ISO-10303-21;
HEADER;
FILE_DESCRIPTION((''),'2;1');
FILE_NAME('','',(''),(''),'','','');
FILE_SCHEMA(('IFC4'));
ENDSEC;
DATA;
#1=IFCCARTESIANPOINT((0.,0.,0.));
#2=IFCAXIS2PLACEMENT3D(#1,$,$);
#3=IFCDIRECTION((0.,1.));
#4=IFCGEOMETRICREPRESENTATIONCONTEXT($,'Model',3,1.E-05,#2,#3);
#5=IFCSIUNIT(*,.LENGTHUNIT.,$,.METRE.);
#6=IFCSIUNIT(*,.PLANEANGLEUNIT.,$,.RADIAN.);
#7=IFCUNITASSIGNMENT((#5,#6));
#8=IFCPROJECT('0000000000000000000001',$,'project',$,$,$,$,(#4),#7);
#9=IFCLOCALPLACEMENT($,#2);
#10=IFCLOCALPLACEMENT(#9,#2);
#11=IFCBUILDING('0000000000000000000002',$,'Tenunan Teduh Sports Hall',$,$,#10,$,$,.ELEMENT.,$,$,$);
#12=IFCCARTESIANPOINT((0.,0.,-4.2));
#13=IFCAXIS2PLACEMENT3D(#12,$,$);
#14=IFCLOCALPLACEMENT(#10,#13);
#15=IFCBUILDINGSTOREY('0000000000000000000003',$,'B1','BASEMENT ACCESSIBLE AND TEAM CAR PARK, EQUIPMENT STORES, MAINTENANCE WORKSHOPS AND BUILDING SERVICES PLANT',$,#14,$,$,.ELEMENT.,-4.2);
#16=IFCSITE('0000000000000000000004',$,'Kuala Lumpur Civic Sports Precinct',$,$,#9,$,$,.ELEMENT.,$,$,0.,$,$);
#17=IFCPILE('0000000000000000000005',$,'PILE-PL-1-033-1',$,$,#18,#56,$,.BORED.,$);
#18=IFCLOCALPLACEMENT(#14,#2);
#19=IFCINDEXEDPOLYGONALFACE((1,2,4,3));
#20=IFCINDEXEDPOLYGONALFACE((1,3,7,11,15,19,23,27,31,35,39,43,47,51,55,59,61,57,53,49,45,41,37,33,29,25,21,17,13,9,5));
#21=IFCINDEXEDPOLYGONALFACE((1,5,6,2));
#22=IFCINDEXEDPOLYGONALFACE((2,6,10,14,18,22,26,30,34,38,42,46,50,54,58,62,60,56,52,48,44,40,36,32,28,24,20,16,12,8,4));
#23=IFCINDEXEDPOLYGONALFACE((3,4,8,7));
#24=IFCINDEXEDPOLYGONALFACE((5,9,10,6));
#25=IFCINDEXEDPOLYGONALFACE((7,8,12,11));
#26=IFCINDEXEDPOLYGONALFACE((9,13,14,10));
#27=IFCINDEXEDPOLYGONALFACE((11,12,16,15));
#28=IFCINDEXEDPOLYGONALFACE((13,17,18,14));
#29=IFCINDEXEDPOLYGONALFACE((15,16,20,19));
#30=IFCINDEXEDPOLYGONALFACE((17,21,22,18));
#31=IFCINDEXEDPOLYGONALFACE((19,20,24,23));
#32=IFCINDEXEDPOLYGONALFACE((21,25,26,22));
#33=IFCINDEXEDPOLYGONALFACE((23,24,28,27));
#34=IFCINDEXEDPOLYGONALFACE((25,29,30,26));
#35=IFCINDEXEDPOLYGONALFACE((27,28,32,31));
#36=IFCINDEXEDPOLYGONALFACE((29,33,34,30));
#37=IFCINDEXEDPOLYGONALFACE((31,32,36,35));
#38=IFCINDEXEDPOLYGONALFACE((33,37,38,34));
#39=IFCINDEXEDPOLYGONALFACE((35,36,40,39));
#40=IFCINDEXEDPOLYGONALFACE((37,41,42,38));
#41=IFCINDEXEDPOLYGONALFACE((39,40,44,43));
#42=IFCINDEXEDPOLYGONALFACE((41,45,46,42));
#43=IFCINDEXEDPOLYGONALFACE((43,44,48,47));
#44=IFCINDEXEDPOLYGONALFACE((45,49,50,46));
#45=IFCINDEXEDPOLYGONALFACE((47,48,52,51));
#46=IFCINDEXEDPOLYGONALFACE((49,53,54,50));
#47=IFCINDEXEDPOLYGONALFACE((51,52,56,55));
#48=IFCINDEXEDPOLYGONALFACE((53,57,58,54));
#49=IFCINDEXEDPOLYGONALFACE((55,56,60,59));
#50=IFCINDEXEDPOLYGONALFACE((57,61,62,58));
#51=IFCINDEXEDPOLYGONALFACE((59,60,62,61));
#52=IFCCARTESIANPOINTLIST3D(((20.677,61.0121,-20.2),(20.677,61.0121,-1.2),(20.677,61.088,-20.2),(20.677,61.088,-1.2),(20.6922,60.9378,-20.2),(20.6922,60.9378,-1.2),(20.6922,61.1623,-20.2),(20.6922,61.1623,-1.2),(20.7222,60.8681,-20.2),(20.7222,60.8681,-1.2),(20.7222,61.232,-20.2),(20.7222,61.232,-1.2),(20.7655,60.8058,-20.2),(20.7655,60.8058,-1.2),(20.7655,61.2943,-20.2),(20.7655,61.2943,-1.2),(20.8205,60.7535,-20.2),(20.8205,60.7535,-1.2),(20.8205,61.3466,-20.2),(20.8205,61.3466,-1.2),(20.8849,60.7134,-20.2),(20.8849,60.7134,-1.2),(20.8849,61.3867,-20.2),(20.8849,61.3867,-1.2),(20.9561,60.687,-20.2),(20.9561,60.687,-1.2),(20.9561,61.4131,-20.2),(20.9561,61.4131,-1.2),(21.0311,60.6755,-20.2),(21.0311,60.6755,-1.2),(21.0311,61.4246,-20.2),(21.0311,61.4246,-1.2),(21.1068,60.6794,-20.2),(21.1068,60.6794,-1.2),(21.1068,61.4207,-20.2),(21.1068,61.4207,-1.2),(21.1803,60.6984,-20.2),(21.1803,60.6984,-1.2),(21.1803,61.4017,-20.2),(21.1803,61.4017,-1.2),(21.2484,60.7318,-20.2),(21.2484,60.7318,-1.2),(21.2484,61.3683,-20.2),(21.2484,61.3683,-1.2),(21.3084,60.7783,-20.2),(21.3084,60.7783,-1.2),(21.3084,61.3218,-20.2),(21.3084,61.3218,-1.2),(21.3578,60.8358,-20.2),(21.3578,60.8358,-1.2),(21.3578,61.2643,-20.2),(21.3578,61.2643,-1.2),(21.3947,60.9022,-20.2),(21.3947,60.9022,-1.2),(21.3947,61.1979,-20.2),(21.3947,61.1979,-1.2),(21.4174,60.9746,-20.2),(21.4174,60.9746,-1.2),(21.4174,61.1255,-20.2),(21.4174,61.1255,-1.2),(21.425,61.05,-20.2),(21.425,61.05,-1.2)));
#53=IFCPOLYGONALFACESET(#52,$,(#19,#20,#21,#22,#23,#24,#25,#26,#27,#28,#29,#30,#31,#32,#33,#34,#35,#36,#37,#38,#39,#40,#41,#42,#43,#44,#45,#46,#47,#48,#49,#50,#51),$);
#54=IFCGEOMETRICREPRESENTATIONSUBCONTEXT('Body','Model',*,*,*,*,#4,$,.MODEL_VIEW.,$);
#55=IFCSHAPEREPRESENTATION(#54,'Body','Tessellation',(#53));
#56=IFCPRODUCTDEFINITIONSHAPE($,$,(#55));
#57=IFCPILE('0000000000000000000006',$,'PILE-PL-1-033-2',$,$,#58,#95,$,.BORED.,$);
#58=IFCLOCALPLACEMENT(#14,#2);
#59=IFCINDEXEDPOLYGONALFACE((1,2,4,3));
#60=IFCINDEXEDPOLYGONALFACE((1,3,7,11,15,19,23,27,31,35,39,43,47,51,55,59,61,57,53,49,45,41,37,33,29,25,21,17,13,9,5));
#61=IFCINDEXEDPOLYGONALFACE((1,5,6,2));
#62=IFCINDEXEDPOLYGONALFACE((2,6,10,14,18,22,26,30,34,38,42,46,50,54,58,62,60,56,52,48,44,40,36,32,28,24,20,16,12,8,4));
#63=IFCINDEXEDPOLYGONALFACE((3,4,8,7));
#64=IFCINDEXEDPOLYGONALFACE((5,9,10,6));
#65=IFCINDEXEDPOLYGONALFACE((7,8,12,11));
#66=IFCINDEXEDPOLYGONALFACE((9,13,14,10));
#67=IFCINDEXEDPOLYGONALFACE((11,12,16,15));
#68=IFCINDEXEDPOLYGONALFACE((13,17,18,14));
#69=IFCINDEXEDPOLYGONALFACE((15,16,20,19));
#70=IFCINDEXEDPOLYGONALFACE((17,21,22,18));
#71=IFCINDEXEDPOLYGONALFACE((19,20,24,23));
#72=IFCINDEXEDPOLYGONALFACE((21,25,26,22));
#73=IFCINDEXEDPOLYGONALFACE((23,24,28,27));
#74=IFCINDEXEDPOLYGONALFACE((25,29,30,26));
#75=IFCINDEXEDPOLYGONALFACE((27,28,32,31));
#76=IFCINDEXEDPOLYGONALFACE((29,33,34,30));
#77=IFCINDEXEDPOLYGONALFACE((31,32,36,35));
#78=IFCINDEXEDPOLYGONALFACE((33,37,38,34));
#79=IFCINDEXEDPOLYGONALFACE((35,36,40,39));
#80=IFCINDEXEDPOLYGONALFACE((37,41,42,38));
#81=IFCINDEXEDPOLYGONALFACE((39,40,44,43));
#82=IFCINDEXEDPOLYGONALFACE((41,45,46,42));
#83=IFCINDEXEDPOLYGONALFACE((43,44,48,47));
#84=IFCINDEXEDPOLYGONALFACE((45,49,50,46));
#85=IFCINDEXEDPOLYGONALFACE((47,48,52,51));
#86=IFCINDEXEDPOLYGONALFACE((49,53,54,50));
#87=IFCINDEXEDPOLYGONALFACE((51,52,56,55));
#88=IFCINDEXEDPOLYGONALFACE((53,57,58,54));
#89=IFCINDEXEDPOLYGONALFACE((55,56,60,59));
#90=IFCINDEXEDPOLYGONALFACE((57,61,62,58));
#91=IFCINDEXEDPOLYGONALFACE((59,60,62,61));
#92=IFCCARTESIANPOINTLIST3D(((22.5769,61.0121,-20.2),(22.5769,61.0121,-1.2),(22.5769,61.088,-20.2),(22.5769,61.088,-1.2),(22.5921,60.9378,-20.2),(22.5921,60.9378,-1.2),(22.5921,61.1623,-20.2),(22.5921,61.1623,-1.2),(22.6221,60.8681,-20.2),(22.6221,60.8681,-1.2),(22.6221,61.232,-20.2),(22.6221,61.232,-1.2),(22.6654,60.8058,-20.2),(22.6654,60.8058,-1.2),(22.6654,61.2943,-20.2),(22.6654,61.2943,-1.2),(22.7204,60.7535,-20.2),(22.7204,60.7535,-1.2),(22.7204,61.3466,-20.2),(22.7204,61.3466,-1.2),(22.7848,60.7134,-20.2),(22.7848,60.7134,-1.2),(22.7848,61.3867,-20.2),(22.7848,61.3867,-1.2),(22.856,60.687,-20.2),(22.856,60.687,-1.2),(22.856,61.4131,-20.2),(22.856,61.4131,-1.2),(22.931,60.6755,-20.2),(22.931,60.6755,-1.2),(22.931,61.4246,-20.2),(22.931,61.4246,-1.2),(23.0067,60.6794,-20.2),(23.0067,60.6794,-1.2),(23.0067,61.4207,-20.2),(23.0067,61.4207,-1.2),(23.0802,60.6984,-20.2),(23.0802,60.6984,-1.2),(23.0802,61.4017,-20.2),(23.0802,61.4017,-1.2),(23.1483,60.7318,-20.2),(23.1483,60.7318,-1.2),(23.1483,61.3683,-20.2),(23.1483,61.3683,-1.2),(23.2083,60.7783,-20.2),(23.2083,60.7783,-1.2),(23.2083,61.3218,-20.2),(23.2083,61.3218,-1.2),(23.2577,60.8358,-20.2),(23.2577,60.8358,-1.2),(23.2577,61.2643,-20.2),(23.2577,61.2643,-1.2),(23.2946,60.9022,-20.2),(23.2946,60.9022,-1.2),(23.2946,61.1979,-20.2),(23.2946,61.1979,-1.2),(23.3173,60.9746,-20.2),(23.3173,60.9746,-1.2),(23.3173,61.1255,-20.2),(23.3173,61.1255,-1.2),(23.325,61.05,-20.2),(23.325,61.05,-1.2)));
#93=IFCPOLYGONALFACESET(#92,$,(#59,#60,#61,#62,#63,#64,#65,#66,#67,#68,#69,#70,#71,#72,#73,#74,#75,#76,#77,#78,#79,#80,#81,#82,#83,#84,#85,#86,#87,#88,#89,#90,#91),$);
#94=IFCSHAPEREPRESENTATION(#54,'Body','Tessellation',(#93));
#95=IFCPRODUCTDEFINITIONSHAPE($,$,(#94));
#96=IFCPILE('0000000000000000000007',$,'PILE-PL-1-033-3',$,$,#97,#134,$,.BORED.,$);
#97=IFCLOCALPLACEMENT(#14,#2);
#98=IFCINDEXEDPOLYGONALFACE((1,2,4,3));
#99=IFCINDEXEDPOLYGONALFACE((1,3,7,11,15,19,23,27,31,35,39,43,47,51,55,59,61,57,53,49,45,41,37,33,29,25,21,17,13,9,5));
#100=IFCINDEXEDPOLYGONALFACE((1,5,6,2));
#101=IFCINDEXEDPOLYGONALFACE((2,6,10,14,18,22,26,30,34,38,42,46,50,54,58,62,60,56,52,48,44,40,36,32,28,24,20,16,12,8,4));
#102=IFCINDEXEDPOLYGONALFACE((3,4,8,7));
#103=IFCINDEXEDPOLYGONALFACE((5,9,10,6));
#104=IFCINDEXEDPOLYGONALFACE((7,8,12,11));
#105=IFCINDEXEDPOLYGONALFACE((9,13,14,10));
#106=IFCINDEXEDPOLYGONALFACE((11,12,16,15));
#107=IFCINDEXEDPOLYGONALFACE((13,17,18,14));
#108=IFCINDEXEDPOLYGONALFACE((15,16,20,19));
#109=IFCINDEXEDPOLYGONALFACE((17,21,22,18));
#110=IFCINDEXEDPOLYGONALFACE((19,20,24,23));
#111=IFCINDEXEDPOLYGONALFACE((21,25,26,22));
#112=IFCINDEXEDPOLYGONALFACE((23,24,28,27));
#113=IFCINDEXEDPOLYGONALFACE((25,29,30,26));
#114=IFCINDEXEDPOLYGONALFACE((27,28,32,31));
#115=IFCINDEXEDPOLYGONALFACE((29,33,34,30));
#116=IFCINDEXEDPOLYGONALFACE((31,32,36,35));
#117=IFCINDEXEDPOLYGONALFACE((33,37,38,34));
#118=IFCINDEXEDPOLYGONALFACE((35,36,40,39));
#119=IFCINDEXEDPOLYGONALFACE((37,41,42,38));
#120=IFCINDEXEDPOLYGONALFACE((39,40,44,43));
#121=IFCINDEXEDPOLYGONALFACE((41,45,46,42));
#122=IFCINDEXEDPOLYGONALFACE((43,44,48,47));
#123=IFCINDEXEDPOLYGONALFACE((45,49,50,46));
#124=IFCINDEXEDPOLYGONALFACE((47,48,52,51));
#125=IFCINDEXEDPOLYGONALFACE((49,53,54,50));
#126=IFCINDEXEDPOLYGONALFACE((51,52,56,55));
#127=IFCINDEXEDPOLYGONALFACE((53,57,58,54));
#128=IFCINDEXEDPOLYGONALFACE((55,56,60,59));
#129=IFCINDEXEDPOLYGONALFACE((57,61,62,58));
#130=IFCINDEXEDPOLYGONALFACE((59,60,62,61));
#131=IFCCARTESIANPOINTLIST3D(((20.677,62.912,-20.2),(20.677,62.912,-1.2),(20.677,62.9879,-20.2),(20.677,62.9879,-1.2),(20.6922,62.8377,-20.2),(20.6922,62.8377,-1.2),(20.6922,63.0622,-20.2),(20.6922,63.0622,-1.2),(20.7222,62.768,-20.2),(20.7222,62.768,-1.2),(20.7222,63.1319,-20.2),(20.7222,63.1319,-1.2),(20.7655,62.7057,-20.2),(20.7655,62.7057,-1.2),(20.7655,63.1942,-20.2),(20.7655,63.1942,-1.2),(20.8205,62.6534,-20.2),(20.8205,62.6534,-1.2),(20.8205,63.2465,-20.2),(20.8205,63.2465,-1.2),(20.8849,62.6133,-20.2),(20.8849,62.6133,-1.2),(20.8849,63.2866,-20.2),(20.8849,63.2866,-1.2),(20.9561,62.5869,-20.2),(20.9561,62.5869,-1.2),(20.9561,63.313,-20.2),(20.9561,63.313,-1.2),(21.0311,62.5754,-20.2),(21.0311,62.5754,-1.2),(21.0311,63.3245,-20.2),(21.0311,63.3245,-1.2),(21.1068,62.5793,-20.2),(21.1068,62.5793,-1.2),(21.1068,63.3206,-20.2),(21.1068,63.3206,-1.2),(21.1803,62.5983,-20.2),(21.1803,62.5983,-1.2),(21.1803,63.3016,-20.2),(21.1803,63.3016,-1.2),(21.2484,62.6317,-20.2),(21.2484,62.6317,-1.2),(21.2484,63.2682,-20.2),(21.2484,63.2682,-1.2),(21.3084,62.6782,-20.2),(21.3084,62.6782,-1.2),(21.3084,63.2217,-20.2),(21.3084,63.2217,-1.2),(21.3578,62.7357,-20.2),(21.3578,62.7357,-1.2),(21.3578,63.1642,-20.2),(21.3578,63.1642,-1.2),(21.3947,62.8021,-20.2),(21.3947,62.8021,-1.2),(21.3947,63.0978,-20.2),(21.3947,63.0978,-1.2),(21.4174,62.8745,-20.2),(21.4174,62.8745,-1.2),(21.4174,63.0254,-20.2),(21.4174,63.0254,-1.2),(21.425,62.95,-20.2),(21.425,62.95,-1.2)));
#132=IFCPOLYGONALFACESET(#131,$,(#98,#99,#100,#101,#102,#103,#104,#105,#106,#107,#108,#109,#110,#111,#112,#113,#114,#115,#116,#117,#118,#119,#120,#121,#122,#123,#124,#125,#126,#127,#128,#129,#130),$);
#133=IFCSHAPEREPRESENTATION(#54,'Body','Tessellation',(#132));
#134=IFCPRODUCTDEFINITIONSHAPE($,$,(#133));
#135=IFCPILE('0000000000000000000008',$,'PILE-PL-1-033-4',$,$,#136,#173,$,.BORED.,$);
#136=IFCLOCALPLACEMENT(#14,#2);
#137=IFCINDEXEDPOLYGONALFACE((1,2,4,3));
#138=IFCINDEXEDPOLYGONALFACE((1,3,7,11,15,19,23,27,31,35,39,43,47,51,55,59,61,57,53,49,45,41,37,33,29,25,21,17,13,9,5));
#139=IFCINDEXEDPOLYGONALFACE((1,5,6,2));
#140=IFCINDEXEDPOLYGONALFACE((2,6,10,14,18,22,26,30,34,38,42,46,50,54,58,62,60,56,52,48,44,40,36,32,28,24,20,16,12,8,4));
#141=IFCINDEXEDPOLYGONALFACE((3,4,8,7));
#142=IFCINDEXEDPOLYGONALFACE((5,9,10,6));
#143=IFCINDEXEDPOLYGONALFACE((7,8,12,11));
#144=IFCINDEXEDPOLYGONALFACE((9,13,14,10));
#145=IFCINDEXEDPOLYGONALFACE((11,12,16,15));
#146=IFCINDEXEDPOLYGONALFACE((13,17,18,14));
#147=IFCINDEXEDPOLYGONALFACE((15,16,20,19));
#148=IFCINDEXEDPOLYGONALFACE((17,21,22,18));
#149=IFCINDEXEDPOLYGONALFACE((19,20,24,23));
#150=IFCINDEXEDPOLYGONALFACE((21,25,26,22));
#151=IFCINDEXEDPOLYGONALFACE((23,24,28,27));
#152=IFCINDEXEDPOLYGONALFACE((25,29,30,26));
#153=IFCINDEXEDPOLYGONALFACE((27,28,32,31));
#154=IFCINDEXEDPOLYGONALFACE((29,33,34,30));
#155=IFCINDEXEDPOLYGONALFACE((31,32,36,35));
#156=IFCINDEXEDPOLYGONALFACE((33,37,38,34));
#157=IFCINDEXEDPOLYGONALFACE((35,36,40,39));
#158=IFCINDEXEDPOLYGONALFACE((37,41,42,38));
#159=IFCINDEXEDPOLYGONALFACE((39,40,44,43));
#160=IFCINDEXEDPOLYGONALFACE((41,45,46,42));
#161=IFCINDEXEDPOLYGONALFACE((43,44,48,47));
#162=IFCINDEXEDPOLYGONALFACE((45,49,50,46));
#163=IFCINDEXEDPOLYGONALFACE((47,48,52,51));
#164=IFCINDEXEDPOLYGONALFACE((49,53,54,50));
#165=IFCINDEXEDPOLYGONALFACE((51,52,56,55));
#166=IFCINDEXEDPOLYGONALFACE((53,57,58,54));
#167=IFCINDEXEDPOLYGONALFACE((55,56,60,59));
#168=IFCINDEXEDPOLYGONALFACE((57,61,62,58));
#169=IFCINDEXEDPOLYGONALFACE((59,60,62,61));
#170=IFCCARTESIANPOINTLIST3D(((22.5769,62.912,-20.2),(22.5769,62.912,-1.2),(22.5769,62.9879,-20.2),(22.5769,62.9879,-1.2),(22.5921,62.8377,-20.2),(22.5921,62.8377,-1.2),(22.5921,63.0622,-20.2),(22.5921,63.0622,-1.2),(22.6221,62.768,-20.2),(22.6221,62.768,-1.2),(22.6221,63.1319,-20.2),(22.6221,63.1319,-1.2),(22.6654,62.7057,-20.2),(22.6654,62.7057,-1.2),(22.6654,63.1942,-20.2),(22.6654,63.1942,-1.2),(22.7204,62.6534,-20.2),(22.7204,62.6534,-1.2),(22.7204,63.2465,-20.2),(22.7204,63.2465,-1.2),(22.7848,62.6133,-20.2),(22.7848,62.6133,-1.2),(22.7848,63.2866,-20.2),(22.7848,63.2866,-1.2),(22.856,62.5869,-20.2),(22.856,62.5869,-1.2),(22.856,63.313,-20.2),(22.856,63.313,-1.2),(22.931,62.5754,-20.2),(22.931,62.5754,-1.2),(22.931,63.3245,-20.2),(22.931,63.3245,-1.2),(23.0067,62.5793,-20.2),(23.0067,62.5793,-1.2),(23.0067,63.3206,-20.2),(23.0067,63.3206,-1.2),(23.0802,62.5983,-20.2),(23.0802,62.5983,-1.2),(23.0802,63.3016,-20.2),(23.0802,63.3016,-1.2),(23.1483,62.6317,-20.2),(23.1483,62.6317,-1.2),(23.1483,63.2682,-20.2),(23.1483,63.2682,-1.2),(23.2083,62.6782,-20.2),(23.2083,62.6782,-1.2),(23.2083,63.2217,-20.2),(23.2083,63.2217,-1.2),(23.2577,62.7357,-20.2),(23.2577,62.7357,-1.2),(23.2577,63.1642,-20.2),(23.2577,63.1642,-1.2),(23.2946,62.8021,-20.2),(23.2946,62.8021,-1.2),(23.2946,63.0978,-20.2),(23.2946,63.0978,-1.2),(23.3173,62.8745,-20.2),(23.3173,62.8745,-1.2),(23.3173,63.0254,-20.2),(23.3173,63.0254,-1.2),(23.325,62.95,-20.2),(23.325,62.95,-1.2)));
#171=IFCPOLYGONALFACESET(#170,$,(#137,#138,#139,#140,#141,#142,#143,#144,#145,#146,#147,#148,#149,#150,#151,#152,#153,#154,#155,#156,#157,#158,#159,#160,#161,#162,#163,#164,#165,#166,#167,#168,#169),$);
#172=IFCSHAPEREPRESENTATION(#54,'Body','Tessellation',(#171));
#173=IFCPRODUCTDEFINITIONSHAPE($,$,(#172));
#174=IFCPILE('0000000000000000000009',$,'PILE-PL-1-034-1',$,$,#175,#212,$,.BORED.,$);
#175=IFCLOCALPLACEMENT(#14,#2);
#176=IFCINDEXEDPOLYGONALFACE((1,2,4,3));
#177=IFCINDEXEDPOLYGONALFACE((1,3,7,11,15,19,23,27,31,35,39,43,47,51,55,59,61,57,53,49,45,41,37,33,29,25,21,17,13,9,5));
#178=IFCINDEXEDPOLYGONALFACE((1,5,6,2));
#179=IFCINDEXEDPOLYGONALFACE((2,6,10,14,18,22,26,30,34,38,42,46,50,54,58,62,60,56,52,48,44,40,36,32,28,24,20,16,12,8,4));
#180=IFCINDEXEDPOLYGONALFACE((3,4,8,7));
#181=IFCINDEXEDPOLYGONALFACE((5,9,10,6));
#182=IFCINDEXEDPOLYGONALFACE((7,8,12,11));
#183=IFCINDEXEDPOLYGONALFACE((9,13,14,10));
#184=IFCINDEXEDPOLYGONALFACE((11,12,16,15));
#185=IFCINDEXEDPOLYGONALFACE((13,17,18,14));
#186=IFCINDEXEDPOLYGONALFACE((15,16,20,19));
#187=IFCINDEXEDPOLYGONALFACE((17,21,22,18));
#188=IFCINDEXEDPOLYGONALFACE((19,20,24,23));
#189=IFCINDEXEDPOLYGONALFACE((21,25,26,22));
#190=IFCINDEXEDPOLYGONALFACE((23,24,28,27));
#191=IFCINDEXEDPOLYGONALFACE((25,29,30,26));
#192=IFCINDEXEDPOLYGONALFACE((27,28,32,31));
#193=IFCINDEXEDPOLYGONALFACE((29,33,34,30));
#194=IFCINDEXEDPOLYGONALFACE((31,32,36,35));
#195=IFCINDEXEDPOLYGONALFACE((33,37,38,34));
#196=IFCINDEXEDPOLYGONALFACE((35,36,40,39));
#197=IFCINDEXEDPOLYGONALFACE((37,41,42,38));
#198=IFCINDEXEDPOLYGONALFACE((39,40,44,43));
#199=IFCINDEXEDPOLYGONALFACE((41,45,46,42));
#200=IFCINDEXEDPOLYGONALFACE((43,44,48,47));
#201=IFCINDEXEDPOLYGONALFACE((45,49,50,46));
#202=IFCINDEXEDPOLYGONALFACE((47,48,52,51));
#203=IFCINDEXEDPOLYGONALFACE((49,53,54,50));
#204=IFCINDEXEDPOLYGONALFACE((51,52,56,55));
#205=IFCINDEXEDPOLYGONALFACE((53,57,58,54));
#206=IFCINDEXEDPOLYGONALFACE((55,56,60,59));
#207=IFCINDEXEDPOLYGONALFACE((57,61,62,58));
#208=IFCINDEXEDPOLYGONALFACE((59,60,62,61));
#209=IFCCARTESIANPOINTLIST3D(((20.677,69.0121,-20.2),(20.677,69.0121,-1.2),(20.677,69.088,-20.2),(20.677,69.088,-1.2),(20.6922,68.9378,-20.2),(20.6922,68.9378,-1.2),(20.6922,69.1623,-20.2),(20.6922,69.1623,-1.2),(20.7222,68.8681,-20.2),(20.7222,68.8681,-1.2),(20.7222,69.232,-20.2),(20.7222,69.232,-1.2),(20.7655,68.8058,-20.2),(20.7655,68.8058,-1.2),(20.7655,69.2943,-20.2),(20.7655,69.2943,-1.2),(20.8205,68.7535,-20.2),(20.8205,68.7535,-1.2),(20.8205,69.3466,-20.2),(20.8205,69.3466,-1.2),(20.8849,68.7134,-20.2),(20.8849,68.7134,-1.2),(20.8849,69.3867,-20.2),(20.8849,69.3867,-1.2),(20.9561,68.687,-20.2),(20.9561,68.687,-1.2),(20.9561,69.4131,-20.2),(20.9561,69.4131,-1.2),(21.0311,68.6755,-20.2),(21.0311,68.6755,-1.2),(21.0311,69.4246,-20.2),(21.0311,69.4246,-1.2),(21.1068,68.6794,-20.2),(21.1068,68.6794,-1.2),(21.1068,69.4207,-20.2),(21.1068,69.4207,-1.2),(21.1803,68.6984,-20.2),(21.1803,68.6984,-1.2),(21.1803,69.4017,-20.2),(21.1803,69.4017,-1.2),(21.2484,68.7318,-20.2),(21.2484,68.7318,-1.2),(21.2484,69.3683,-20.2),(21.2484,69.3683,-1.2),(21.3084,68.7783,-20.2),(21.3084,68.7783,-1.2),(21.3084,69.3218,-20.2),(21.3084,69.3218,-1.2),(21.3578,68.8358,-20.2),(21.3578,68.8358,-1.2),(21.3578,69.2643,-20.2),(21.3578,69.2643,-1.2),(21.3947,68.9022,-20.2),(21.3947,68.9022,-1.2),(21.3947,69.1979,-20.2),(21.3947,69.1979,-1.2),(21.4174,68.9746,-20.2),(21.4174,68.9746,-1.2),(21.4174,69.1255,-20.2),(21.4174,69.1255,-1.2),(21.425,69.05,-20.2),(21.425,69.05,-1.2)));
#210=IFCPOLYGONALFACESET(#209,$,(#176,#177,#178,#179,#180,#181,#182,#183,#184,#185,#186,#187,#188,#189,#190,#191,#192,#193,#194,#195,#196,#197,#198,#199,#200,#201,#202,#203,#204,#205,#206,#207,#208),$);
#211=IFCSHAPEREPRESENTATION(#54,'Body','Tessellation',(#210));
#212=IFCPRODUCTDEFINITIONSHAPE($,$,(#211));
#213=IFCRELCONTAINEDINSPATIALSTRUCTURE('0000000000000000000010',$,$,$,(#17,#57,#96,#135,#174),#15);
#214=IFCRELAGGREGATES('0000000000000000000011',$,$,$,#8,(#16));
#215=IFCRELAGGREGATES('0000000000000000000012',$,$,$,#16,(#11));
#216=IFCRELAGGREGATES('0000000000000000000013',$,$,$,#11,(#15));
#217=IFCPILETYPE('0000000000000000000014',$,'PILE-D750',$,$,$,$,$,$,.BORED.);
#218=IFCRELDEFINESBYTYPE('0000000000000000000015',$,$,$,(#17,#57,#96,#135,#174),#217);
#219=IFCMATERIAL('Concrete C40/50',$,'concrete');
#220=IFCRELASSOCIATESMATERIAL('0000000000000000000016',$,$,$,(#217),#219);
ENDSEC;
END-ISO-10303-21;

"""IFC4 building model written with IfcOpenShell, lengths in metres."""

from ifc_helpers import new_model, si_unit, direction, frame, origin, origin_2d, place, context, subcontext, project, spatial, circle, extrude, material, material_profile, profile_set, type_object, element, save


model = new_model("IFC4")

# Units and contexts
model_context = context("Model", 3, precision=1e-05, world=origin(), true_north=direction((0.0, 1.0)))
body_context = subcontext(model_context, "Body", "Model", "MODEL_VIEW")
ifc_project = project(units=[si_unit("LENGTHUNIT", "METRE"), si_unit("PLANEANGLEUNIT", "RADIAN")], contexts=[model_context])

# Site, building, storey
site_placement = place(None, origin())
site = spatial("IfcSite", under=ifc_project, at=site_placement, Name="Kuala Lumpur Civic Sports Precinct", CompositionType="ELEMENT", RefElevation=0.0)
building_placement = place(site_placement, origin())
building = spatial("IfcBuilding", under=site, at=building_placement, Name="Tenunan Teduh Sports Hall", CompositionType="ELEMENT")
storey_placement = place(building_placement, frame((0.0, 0.0, -4.2)))
storey = spatial("IfcBuildingStorey", under=building, at=storey_placement, Name="B1", Description="BASEMENT ACCESSIBLE AND TEAM CAR PARK, EQUIPMENT STORES, MAINTENANCE WORKSHOPS AND BUILDING SERVICES PLANT", CompositionType="ELEMENT", Elevation=-4.2)

# Piles
ifc_material_1 = material(Name="Concrete C40/50", Category="concrete")
ifc_material_profile_1 = material_profile(ifc_material_1, circle(Radius=0.375, at=origin_2d()), Name="PILE D750")
ifc_profile_set_1 = profile_set([ifc_material_profile_1], Name="Concrete C40/50")
pile_type = type_object("IfcPileType", Name="PILE-D750", PredefinedType="BORED", material=ifc_profile_set_1)
for number, where, z_axis, x_axis, name in (
    (1, (21.05, 61.05, -1.2), (0.0, 0.0, -1.0), (1.0, 0.0, 0.0), "PILE-PL-1-033-1"),
    (2, (22.95, 61.05, -1.2), (0.0, 0.0, -1.0), (1.0, 0.0, 0.0), "PILE-PL-1-033-2"),
    (3, (21.05, 62.95, -1.2), (0.0, 0.0, -1.0), (1.0, 0.0, 0.0), "PILE-PL-1-033-3"),
    (4, (22.95, 62.95, -1.2), (0.0, 0.0, -1.0), (1.0, 0.0, 0.0), "PILE-PL-1-033-4"),
    (5, (21.05, 69.05, -1.2), (0.0, 0.0, -1.0), (1.0, 0.0, 0.0), "PILE-PL-1-034-1"),
):
    element("IfcPile", number, at=place(storey_placement, frame(where, z_axis=z_axis, x_axis=x_axis)), inside=storey, type_object=pile_type, Name=name, PredefinedType="BORED", context=body_context, shape_type="SweptSolid", body=[
        extrude(circle(Radius=0.375, at=origin_2d()), origin(), (0.0, 0.0, 1.0), 19.0),
    ])

save(model, "model.ifc")
